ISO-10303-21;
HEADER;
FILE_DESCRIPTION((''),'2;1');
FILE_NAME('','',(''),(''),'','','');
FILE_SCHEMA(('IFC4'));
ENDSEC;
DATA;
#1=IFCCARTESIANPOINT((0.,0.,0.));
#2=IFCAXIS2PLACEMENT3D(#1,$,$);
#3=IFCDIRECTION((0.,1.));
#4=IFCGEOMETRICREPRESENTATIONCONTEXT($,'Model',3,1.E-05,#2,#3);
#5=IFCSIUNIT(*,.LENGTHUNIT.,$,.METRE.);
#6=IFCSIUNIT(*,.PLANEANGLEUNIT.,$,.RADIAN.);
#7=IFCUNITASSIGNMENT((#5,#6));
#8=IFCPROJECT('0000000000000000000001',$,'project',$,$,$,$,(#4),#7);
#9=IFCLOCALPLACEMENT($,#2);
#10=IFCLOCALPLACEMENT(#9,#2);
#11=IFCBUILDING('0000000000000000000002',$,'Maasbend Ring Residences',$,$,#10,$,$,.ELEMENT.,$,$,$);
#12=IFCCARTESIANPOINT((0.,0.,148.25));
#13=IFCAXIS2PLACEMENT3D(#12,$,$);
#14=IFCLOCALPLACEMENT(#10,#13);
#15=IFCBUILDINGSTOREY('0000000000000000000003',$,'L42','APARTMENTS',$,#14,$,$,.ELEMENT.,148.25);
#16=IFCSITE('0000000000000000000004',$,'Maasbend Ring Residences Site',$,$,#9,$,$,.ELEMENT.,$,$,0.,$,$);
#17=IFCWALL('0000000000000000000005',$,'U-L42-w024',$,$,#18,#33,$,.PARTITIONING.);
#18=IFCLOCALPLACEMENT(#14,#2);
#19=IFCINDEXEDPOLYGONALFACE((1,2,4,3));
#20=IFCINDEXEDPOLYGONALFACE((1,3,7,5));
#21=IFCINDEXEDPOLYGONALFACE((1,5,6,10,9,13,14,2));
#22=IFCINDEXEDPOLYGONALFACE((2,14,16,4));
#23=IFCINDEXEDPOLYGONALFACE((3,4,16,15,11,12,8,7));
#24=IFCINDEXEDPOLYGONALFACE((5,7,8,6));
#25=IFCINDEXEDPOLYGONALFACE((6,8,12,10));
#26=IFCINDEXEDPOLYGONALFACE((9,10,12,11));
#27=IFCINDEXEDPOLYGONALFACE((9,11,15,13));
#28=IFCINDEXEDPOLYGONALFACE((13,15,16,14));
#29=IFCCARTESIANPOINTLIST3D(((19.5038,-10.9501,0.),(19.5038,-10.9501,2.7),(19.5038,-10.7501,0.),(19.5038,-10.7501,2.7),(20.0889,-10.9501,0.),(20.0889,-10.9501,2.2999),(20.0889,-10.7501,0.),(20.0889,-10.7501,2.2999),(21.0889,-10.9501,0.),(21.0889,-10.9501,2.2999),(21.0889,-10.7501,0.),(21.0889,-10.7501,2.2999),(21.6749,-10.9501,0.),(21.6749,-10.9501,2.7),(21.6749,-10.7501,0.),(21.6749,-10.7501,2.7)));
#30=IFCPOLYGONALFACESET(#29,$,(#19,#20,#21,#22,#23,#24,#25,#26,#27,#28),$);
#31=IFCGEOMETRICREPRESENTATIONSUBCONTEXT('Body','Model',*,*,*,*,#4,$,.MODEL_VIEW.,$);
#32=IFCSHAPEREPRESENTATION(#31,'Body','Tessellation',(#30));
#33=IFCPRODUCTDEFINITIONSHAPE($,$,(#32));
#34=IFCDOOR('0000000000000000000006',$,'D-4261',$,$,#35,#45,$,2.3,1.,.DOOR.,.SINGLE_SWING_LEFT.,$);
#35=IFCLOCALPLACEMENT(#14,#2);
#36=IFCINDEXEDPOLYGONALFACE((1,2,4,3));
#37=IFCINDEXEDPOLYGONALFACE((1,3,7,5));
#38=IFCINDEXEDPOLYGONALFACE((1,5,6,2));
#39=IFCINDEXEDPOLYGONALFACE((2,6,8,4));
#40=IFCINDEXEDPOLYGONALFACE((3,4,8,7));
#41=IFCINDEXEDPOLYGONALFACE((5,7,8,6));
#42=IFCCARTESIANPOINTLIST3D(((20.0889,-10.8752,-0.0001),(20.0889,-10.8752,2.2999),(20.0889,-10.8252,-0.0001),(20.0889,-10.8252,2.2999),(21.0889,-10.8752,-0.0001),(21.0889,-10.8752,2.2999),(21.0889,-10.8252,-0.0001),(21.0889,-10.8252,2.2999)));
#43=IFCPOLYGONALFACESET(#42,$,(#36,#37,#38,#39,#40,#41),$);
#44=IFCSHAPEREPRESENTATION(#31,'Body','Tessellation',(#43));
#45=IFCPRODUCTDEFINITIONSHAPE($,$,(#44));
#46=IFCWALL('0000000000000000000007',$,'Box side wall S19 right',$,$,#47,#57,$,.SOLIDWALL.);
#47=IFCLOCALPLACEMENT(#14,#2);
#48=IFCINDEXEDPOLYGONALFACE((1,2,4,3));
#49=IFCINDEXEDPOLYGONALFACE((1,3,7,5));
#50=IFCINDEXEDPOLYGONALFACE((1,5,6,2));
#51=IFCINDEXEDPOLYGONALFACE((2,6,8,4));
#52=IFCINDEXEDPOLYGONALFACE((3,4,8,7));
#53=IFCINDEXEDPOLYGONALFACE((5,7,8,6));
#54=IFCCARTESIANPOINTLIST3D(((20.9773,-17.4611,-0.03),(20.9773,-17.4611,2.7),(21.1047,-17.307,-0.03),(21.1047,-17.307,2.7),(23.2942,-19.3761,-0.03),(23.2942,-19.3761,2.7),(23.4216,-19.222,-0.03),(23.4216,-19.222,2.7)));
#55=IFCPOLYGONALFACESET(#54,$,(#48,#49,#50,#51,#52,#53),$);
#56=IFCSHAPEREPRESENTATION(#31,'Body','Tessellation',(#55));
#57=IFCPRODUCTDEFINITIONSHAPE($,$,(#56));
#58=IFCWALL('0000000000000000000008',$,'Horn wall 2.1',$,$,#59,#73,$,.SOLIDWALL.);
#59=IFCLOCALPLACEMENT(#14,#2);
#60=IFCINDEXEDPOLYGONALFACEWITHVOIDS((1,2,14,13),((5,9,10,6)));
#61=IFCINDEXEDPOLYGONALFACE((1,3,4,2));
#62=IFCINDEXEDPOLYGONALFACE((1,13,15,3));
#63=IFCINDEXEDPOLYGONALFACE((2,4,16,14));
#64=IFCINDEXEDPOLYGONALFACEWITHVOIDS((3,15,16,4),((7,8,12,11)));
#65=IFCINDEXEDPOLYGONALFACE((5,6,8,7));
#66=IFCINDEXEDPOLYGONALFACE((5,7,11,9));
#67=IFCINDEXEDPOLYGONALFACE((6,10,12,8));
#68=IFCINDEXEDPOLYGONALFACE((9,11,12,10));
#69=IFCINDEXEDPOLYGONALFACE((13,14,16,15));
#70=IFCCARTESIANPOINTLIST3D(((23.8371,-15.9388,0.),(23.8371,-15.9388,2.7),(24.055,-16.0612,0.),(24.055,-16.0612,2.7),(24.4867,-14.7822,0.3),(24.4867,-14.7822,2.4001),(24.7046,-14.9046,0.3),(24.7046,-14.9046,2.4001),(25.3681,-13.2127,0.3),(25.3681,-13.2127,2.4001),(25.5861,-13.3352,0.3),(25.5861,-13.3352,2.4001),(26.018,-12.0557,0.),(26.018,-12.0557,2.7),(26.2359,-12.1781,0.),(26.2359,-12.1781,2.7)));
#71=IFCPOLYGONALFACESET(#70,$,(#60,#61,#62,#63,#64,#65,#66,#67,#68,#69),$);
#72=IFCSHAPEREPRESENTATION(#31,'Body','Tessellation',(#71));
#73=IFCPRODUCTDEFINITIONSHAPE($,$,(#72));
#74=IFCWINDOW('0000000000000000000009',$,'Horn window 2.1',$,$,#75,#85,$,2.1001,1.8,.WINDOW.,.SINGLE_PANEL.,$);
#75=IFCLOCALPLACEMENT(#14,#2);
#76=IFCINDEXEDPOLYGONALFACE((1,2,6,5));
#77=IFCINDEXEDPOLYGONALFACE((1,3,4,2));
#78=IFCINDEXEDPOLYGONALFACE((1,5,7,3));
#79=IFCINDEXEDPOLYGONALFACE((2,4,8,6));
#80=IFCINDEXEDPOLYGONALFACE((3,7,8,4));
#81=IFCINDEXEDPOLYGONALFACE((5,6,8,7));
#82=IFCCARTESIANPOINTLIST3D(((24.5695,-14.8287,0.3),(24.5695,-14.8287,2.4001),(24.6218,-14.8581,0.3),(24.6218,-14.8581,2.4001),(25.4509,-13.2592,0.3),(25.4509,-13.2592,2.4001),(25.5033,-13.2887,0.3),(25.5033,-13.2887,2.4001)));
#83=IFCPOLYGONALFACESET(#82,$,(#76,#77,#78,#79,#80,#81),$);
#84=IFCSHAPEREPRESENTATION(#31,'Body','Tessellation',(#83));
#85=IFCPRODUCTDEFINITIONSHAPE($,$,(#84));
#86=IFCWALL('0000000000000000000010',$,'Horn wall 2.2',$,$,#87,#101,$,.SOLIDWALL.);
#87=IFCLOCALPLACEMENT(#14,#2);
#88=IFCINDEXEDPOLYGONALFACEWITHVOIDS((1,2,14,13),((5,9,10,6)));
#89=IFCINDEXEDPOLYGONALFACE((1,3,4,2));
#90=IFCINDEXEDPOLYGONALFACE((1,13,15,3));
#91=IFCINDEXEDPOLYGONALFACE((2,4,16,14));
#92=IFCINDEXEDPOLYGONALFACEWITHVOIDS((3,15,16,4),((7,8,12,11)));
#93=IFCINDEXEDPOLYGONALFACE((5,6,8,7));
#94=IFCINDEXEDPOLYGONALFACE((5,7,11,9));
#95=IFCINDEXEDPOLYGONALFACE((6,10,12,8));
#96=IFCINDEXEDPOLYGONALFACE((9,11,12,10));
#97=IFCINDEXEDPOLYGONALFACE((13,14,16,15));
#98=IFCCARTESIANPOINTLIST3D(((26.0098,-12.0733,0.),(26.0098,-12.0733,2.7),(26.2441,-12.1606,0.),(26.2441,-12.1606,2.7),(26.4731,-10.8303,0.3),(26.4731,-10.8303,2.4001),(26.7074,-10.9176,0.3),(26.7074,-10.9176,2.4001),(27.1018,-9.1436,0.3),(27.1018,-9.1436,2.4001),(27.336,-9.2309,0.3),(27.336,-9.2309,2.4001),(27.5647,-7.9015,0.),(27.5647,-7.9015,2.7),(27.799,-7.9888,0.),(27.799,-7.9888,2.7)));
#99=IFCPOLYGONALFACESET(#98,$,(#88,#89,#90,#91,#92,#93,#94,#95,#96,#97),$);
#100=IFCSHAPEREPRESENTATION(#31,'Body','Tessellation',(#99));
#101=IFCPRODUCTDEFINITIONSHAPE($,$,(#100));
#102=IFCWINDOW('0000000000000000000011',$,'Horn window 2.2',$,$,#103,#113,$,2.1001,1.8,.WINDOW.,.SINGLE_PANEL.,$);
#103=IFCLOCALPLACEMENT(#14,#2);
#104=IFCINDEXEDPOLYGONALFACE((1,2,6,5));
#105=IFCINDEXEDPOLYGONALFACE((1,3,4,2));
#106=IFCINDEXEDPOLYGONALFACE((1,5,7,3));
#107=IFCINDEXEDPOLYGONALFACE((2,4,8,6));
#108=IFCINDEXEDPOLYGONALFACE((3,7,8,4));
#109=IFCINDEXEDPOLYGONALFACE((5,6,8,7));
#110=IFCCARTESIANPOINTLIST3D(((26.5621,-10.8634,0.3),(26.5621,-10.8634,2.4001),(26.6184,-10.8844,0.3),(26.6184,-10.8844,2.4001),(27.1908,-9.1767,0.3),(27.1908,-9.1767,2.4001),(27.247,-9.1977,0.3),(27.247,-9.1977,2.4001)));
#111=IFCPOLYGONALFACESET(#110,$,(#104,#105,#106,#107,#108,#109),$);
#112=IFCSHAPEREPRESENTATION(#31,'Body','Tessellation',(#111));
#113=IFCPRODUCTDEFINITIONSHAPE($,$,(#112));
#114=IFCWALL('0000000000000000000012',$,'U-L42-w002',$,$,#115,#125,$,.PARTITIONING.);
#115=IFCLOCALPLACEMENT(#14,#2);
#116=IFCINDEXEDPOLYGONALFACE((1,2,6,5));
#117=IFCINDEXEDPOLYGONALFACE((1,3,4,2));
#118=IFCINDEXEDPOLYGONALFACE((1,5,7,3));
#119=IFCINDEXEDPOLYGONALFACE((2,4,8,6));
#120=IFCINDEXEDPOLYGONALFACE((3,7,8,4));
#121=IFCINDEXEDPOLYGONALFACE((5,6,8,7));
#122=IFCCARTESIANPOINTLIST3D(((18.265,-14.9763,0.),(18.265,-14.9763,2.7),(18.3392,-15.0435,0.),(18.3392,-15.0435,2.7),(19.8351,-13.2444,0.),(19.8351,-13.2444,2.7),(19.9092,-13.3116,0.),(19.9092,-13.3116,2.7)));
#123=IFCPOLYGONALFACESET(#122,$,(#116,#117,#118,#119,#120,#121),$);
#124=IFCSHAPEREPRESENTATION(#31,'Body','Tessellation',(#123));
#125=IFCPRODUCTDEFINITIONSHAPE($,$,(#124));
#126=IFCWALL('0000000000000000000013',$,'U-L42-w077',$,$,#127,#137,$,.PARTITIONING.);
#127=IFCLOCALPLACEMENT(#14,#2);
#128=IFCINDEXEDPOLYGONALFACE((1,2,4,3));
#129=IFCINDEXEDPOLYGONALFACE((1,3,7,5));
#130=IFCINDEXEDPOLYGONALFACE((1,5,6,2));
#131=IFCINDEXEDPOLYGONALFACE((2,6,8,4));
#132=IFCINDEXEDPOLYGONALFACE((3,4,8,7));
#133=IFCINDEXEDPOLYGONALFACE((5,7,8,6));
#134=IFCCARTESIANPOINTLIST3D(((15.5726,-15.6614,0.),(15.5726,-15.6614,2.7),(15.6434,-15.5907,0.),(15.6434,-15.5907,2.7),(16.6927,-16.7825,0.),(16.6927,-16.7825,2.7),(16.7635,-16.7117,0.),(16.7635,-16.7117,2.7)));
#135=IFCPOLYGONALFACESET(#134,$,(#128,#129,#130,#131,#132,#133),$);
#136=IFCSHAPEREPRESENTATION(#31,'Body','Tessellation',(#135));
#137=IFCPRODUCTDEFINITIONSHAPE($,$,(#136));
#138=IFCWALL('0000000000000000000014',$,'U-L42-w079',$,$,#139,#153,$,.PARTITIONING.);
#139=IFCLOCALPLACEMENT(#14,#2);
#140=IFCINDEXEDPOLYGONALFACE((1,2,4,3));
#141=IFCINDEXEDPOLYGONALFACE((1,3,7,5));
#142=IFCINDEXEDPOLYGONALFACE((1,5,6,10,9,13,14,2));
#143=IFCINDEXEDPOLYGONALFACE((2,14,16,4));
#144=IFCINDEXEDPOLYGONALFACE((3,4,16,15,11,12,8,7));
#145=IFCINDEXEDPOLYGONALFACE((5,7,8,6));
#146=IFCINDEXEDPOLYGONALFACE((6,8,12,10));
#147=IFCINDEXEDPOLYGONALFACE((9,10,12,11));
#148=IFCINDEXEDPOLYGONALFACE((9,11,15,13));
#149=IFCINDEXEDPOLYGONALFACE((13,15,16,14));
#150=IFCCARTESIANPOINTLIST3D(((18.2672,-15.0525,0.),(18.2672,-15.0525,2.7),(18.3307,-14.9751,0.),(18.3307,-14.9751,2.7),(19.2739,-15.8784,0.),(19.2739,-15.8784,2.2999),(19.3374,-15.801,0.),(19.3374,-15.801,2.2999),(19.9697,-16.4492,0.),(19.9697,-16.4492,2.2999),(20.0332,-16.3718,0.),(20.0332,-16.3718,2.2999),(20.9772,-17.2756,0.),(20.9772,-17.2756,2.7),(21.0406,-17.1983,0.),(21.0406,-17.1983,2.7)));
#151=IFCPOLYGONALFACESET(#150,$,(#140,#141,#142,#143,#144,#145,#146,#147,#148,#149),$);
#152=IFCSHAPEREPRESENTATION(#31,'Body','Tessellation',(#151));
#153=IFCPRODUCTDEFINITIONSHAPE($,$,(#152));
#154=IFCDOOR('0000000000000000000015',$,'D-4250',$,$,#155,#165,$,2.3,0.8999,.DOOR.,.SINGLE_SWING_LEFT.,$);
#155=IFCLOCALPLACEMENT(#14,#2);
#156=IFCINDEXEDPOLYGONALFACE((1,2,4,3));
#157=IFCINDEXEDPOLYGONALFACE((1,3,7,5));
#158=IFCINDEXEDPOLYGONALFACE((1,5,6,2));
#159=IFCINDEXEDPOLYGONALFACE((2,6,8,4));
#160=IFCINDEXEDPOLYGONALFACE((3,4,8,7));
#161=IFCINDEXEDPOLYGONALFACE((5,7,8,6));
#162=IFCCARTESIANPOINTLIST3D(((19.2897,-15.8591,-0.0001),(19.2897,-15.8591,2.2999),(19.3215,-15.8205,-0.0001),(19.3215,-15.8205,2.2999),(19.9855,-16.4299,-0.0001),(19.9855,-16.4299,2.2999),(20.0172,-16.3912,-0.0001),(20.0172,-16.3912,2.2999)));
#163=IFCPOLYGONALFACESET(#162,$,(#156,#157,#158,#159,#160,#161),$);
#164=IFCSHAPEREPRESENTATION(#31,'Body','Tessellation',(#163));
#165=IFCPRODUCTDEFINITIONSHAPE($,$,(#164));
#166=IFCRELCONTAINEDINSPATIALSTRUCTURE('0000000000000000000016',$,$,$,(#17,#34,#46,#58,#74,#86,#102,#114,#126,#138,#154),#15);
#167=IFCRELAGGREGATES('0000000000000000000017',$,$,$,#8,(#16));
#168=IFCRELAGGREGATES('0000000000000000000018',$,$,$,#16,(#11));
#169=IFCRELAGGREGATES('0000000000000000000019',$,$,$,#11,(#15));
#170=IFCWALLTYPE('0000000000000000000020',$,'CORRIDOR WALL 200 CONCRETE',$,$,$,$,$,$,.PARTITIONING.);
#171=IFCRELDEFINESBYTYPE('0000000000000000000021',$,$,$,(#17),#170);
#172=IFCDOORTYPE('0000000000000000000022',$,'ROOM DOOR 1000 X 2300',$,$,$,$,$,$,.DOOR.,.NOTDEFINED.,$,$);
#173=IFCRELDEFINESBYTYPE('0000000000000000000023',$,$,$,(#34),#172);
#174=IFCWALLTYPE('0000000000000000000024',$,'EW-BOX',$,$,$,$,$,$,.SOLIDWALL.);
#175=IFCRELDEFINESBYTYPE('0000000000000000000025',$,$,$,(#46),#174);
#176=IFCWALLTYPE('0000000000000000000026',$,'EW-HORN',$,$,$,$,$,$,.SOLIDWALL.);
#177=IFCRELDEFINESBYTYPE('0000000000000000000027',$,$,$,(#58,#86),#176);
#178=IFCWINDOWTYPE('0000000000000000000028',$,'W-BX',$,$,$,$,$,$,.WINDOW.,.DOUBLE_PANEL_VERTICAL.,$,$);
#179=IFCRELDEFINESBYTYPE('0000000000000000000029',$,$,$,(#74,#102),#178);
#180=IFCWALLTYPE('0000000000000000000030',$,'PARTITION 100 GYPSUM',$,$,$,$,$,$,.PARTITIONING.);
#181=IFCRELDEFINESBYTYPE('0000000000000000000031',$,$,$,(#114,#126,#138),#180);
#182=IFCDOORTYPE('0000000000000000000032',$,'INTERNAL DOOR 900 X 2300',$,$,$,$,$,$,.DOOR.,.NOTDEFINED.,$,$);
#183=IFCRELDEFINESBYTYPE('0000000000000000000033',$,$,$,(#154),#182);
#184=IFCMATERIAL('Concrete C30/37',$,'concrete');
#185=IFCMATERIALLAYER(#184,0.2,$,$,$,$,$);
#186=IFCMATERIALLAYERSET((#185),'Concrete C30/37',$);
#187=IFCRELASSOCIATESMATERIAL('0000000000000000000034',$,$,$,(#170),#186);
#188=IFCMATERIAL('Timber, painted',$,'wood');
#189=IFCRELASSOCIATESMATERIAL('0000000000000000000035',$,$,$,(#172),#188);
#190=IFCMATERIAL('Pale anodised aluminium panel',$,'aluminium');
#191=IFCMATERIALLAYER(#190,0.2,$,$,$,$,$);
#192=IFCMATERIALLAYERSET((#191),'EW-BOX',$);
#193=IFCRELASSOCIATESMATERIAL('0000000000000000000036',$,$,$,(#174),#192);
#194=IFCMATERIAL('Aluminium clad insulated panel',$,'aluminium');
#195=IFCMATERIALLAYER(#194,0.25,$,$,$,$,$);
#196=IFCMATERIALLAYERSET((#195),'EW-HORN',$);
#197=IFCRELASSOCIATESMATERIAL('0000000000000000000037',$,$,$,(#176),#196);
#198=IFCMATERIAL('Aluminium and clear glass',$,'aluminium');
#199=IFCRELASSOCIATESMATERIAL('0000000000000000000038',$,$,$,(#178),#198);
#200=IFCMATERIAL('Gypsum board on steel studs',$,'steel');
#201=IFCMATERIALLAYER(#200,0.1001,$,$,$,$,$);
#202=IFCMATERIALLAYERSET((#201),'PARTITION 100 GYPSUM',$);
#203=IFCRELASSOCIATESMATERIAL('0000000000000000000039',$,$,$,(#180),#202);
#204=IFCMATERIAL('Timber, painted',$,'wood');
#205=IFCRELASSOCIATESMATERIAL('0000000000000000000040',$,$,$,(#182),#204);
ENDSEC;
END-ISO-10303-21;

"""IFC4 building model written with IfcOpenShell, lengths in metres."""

from ifc_helpers import new_model, si_unit, direction, frame, frame_2d, origin, place, context, subcontext, project, spatial, rectangle, extrude, material, layer, layer_set, type_object, element, fill, save


model = new_model("IFC4")

# Units and contexts
model_context = context("Model", 3, precision=1e-05, world=origin(), true_north=direction((0.0, 1.0)))
body_context = subcontext(model_context, "Body", "Model", "MODEL_VIEW")
ifc_project = project(units=[si_unit("LENGTHUNIT", "METRE"), si_unit("PLANEANGLEUNIT", "RADIAN")], contexts=[model_context])

# Site, building, storey
site_placement = place(None, origin())
site = spatial("IfcSite", under=ifc_project, at=site_placement, Name="Maasbend Ring Residences Site", CompositionType="ELEMENT", RefElevation=0.0)
building_placement = place(site_placement, origin())
building = spatial("IfcBuilding", under=site, at=building_placement, Name="Maasbend Ring Residences", CompositionType="ELEMENT")
storey_placement = place(building_placement, frame((0.0, 0.0, 148.25)))
storey = spatial("IfcBuildingStorey", under=building, at=storey_placement, Name="L42", Description="APARTMENTS", CompositionType="ELEMENT", Elevation=148.25)

# Shared definitions
ifc_material_1 = material(Name="Concrete C30/37", Category="concrete")
ifc_layer_1 = layer(ifc_material_1, 0.2)
ifc_layer_set_1 = layer_set([ifc_layer_1], Name="Concrete C30/37")
wall_type_1 = type_object("IfcWallType", Name="CORRIDOR WALL 200 CONCRETE", PredefinedType="PARTITIONING", material=ifc_layer_set_1)

# Wall, opening, door
wall_1_placement = place(storey_placement, frame((19.5039, -10.8501, 0.0), z_axis=(0.0, 0.0, 1.0), x_axis=(1.0, 0.0, 0.0)))
wall_1 = element("IfcWall", 1, at=wall_1_placement, inside=storey, type_object=wall_type_1, Name="U-L42-w024", PredefinedType="PARTITIONING", context=body_context, shape_type="SweptSolid", body=[
    extrude(rectangle(XDim=2.1711, YDim=0.2, at=frame_2d((1.0854, 0.0))), origin(), (0.0, 0.0, 1.0), 2.7),
])
opening_1_placement = place(wall_1_placement, frame((0.585, 0.0, 0.0)))
opening_1 = element("IfcOpeningElement", 2, at=opening_1_placement, cuts=wall_1, PredefinedType="OPENING", context=body_context, shape_type="SweptSolid", body=[
    extrude(rectangle(XDim=1.0, YDim=2.3, at=frame_2d((0.5, 1.1499))), frame((0.0, 0.1099, 0.0), z_axis=(0.0, -1.0, 0.0), x_axis=(1.0, 0.0, 0.0)), (0.0, 0.0, 1.0), 0.22),
])
ifc_material_2 = material(Name="Timber, painted", Category="wood")
door_type_1 = type_object("IfcDoorType", Name="ROOM DOOR 1000 X 2300", OperationType="NOTDEFINED", PredefinedType="DOOR", material=ifc_material_2)
door_1_placement = place(opening_1_placement, origin())
door_1 = element("IfcDoor", 3, at=door_1_placement, inside=storey, type_object=door_type_1, Name="D-4261", OperationType="SINGLE_SWING_LEFT", OverallHeight=2.3, OverallWidth=1.0, PredefinedType="DOOR", context=body_context, shape_type="SweptSolid", body=[
    extrude(rectangle(XDim=1.0, YDim=2.3, at=frame_2d((0.5, 1.1499))), frame((0.0, 0.0249, 0.0), z_axis=(0.0, -1.0, 0.0), x_axis=(1.0, 0.0, 0.0)), (0.0, 0.0, 1.0), 0.05),
])
fill(opening_1, door_1)

# Wall
ifc_material_3 = material(Name="Pale anodised aluminium panel", Category="aluminium")
ifc_layer_2 = layer(ifc_material_3, 0.2)
ifc_layer_set_2 = layer_set([ifc_layer_2], Name="EW-BOX")
wall_type_2 = type_object("IfcWallType", Name="EW-BOX", PredefinedType="SOLIDWALL", material=ifc_layer_set_2)
wall_2_placement = place(storey_placement, frame((21.041, -17.384, -0.03), z_axis=(0.0, 0.0, 1.0), x_axis=(0.770785, -0.637096, 0.0)))
element("IfcWall", 4, at=wall_2_placement, inside=storey, type_object=wall_type_2, Name="Box side wall S19 right", PredefinedType="SOLIDWALL", context=body_context, shape_type="SweptSolid", body=[
    extrude(rectangle(XDim=3.0059, YDim=0.2, at=frame_2d((1.5029, 0.0))), origin(), (0.0, 0.0, 1.0), 2.73),
])

# Walls, openings, windows
ifc_material_4 = material(Name="Aluminium clad insulated panel", Category="aluminium")
ifc_layer_3 = layer(ifc_material_4, 0.25)
ifc_layer_set_3 = layer_set([ifc_layer_3], Name="EW-HORN")
wall_type_3 = type_object("IfcWallType", Name="EW-HORN", PredefinedType="SOLIDWALL", material=ifc_layer_set_3)
wall_3_placement = place(storey_placement, frame((23.946, -16.0, 0.0), z_axis=(0.0, 0.0, 1.0), x_axis=(0.489696, 0.871893, 0.0)))
wall_3 = element("IfcWall", 5, at=wall_3_placement, inside=storey, type_object=wall_type_3, Name="Horn wall 2.1", PredefinedType="SOLIDWALL", context=body_context, shape_type="SweptSolid", body=[
    extrude(rectangle(XDim=4.4536, YDim=0.25, at=frame_2d((2.2268, 0.0))), origin(), (0.0, 0.0, 1.0), 2.7),
])
opening_2_placement = place(wall_3_placement, frame((1.3267, 0.0, 0.3)))
opening_2 = element("IfcOpeningElement", 6, at=opening_2_placement, cuts=wall_3, PredefinedType="OPENING", context=body_context, shape_type="SweptSolid", body=[
    extrude(rectangle(XDim=1.8, YDim=2.1001, at=frame_2d((0.8999, 1.05))), frame((0.0, 0.135, 0.0), z_axis=(0.0, -1.0, 0.0), x_axis=(1.0, 0.0, 0.0)), (0.0, 0.0, 1.0), 0.27),
])
ifc_material_5 = material(Name="Aluminium and clear glass", Category="aluminium")
window_type = type_object("IfcWindowType", Name="W-BX", PartitioningType="DOUBLE_PANEL_VERTICAL", PredefinedType="WINDOW", material=ifc_material_5)
window_1_placement = place(opening_2_placement, origin())
window_1 = element("IfcWindow", 7, at=window_1_placement, inside=storey, type_object=window_type, Name="Horn window 2.1", OverallHeight=2.1001, OverallWidth=1.8, PartitioningType="SINGLE_PANEL", PredefinedType="WINDOW", context=body_context, shape_type="SweptSolid", body=[
    extrude(rectangle(XDim=1.8, YDim=2.1001, at=frame_2d((0.8999, 1.05))), frame((0.0, 0.03, 0.0), z_axis=(0.0, -1.0, 0.0), x_axis=(1.0, 0.0, 0.0)), (0.0, 0.0, 1.0), 0.0601),
])
fill(opening_2, window_1)
wall_4_placement = place(storey_placement, frame((26.127, -12.1169, 0.0), z_axis=(0.0, 0.0, 1.0), x_axis=(0.349248, 0.93703, 0.0)))
wall_4 = element("IfcWall", 8, at=wall_4_placement, inside=storey, type_object=wall_type_3, Name="Horn wall 2.2", PredefinedType="SOLIDWALL", context=body_context, shape_type="SweptSolid", body=[
    extrude(rectangle(XDim=4.4521, YDim=0.25, at=frame_2d((2.2261, 0.0))), origin(), (0.0, 0.0, 1.0), 2.7),
])
opening_3_placement = place(wall_4_placement, frame((1.3267, 0.0, 0.3)))
opening_3 = element("IfcOpeningElement", 9, at=opening_3_placement, cuts=wall_4, PredefinedType="OPENING", context=body_context, shape_type="SweptSolid", body=[
    extrude(rectangle(XDim=1.8, YDim=2.1001, at=frame_2d((0.8999, 1.05))), frame((0.0, 0.135, 0.0), z_axis=(0.0, -1.0, 0.0), x_axis=(1.0, 0.0, 0.0)), (0.0, 0.0, 1.0), 0.27),
])
window_2_placement = place(opening_3_placement, origin())
window_2 = element("IfcWindow", 10, at=window_2_placement, inside=storey, type_object=window_type, Name="Horn window 2.2", OverallHeight=2.1001, OverallWidth=1.8, PartitioningType="SINGLE_PANEL", PredefinedType="WINDOW", context=body_context, shape_type="SweptSolid", body=[
    extrude(rectangle(XDim=1.8, YDim=2.1001, at=frame_2d((0.8999, 1.05))), frame((0.0, 0.03, 0.0), z_axis=(0.0, -1.0, 0.0), x_axis=(1.0, 0.0, 0.0)), (0.0, 0.0, 1.0), 0.0601),
])
fill(opening_3, window_2)

# Walls
ifc_material_6 = material(Name="Gypsum board on steel studs", Category="steel")
ifc_layer_4 = layer(ifc_material_6, 0.1001)
ifc_layer_set_4 = layer_set([ifc_layer_4], Name="PARTITION 100 GYPSUM")
wall_type_4 = type_object("IfcWallType", Name="PARTITION 100 GYPSUM", PredefinedType="PARTITIONING", material=ifc_layer_set_4)
wall_5_placement = place(storey_placement, frame((18.302, -15.01, 0.0), z_axis=(0.0, 0.0, 1.0), x_axis=(0.671638, 0.74088, 0.0)))
element("IfcWall", 11, at=wall_5_placement, inside=storey, type_object=wall_type_4, Name="U-L42-w002", PredefinedType="PARTITIONING", context=body_context, shape_type="SweptSolid", body=[
    extrude(rectangle(XDim=2.3376, YDim=0.1001, at=frame_2d((1.1689, 0.0))), origin(), (0.0, 0.0, 1.0), 2.7),
])
wall_6_placement = place(storey_placement, frame((15.6079, -15.626, 0.0), z_axis=(0.0, 0.0, 1.0), x_axis=(0.706799, -0.707415, 0.0)))
element("IfcWall", 12, at=wall_6_placement, inside=storey, type_object=wall_type_4, Name="U-L42-w077", PredefinedType="PARTITIONING", context=body_context, shape_type="SweptSolid", body=[
    extrude(rectangle(XDim=1.5847, YDim=0.1001, at=frame_2d((0.7925, 0.0))), origin(), (0.0, 0.0, 1.0), 2.7),
])

# Wall, opening, door
wall_7_placement = place(storey_placement, frame((18.2991, -15.0139, 0.0), z_axis=(0.0, 0.0, 1.0), x_axis=(0.773131, -0.634246, 0.0)))
wall_7 = element("IfcWall", 13, at=wall_7_placement, inside=storey, type_object=wall_type_4, Name="U-L42-w079", PredefinedType="PARTITIONING", context=body_context, shape_type="SweptSolid", body=[
    extrude(rectangle(XDim=3.5051, YDim=0.1001, at=frame_2d((1.7524, 0.0))), origin(), (0.0, 0.0, 1.0), 2.7),
])
opening_4_placement = place(wall_7_placement, frame((1.302, 0.0, 0.0)))
opening_4 = element("IfcOpeningElement", 14, at=opening_4_placement, cuts=wall_7, PredefinedType="OPENING", context=body_context, shape_type="SweptSolid", body=[
    extrude(rectangle(XDim=0.8999, YDim=2.3, at=frame_2d((0.45, 1.1499))), frame((0.0, 0.0601, 0.0), z_axis=(0.0, -1.0, 0.0), x_axis=(1.0, 0.0, 0.0)), (0.0, 0.0, 1.0), 0.1201),
])
ifc_material_7 = material(Name="Timber, painted", Category="wood")
door_type_2 = type_object("IfcDoorType", Name="INTERNAL DOOR 900 X 2300", OperationType="NOTDEFINED", PredefinedType="DOOR", material=ifc_material_7)
door_2_placement = place(opening_4_placement, origin())
door_2 = element("IfcDoor", 15, at=door_2_placement, inside=storey, type_object=door_type_2, Name="D-4250", OperationType="SINGLE_SWING_LEFT", OverallHeight=2.3, OverallWidth=0.8999, PredefinedType="DOOR", context=body_context, shape_type="SweptSolid", body=[
    extrude(rectangle(XDim=0.8999, YDim=2.3, at=frame_2d((0.45, 1.1499))), frame((0.0, 0.0249, 0.0), z_axis=(0.0, -1.0, 0.0), x_axis=(1.0, 0.0, 0.0)), (0.0, 0.0, 1.0), 0.05),
])
fill(opening_4, door_2)

save(model, "model.ifc")
